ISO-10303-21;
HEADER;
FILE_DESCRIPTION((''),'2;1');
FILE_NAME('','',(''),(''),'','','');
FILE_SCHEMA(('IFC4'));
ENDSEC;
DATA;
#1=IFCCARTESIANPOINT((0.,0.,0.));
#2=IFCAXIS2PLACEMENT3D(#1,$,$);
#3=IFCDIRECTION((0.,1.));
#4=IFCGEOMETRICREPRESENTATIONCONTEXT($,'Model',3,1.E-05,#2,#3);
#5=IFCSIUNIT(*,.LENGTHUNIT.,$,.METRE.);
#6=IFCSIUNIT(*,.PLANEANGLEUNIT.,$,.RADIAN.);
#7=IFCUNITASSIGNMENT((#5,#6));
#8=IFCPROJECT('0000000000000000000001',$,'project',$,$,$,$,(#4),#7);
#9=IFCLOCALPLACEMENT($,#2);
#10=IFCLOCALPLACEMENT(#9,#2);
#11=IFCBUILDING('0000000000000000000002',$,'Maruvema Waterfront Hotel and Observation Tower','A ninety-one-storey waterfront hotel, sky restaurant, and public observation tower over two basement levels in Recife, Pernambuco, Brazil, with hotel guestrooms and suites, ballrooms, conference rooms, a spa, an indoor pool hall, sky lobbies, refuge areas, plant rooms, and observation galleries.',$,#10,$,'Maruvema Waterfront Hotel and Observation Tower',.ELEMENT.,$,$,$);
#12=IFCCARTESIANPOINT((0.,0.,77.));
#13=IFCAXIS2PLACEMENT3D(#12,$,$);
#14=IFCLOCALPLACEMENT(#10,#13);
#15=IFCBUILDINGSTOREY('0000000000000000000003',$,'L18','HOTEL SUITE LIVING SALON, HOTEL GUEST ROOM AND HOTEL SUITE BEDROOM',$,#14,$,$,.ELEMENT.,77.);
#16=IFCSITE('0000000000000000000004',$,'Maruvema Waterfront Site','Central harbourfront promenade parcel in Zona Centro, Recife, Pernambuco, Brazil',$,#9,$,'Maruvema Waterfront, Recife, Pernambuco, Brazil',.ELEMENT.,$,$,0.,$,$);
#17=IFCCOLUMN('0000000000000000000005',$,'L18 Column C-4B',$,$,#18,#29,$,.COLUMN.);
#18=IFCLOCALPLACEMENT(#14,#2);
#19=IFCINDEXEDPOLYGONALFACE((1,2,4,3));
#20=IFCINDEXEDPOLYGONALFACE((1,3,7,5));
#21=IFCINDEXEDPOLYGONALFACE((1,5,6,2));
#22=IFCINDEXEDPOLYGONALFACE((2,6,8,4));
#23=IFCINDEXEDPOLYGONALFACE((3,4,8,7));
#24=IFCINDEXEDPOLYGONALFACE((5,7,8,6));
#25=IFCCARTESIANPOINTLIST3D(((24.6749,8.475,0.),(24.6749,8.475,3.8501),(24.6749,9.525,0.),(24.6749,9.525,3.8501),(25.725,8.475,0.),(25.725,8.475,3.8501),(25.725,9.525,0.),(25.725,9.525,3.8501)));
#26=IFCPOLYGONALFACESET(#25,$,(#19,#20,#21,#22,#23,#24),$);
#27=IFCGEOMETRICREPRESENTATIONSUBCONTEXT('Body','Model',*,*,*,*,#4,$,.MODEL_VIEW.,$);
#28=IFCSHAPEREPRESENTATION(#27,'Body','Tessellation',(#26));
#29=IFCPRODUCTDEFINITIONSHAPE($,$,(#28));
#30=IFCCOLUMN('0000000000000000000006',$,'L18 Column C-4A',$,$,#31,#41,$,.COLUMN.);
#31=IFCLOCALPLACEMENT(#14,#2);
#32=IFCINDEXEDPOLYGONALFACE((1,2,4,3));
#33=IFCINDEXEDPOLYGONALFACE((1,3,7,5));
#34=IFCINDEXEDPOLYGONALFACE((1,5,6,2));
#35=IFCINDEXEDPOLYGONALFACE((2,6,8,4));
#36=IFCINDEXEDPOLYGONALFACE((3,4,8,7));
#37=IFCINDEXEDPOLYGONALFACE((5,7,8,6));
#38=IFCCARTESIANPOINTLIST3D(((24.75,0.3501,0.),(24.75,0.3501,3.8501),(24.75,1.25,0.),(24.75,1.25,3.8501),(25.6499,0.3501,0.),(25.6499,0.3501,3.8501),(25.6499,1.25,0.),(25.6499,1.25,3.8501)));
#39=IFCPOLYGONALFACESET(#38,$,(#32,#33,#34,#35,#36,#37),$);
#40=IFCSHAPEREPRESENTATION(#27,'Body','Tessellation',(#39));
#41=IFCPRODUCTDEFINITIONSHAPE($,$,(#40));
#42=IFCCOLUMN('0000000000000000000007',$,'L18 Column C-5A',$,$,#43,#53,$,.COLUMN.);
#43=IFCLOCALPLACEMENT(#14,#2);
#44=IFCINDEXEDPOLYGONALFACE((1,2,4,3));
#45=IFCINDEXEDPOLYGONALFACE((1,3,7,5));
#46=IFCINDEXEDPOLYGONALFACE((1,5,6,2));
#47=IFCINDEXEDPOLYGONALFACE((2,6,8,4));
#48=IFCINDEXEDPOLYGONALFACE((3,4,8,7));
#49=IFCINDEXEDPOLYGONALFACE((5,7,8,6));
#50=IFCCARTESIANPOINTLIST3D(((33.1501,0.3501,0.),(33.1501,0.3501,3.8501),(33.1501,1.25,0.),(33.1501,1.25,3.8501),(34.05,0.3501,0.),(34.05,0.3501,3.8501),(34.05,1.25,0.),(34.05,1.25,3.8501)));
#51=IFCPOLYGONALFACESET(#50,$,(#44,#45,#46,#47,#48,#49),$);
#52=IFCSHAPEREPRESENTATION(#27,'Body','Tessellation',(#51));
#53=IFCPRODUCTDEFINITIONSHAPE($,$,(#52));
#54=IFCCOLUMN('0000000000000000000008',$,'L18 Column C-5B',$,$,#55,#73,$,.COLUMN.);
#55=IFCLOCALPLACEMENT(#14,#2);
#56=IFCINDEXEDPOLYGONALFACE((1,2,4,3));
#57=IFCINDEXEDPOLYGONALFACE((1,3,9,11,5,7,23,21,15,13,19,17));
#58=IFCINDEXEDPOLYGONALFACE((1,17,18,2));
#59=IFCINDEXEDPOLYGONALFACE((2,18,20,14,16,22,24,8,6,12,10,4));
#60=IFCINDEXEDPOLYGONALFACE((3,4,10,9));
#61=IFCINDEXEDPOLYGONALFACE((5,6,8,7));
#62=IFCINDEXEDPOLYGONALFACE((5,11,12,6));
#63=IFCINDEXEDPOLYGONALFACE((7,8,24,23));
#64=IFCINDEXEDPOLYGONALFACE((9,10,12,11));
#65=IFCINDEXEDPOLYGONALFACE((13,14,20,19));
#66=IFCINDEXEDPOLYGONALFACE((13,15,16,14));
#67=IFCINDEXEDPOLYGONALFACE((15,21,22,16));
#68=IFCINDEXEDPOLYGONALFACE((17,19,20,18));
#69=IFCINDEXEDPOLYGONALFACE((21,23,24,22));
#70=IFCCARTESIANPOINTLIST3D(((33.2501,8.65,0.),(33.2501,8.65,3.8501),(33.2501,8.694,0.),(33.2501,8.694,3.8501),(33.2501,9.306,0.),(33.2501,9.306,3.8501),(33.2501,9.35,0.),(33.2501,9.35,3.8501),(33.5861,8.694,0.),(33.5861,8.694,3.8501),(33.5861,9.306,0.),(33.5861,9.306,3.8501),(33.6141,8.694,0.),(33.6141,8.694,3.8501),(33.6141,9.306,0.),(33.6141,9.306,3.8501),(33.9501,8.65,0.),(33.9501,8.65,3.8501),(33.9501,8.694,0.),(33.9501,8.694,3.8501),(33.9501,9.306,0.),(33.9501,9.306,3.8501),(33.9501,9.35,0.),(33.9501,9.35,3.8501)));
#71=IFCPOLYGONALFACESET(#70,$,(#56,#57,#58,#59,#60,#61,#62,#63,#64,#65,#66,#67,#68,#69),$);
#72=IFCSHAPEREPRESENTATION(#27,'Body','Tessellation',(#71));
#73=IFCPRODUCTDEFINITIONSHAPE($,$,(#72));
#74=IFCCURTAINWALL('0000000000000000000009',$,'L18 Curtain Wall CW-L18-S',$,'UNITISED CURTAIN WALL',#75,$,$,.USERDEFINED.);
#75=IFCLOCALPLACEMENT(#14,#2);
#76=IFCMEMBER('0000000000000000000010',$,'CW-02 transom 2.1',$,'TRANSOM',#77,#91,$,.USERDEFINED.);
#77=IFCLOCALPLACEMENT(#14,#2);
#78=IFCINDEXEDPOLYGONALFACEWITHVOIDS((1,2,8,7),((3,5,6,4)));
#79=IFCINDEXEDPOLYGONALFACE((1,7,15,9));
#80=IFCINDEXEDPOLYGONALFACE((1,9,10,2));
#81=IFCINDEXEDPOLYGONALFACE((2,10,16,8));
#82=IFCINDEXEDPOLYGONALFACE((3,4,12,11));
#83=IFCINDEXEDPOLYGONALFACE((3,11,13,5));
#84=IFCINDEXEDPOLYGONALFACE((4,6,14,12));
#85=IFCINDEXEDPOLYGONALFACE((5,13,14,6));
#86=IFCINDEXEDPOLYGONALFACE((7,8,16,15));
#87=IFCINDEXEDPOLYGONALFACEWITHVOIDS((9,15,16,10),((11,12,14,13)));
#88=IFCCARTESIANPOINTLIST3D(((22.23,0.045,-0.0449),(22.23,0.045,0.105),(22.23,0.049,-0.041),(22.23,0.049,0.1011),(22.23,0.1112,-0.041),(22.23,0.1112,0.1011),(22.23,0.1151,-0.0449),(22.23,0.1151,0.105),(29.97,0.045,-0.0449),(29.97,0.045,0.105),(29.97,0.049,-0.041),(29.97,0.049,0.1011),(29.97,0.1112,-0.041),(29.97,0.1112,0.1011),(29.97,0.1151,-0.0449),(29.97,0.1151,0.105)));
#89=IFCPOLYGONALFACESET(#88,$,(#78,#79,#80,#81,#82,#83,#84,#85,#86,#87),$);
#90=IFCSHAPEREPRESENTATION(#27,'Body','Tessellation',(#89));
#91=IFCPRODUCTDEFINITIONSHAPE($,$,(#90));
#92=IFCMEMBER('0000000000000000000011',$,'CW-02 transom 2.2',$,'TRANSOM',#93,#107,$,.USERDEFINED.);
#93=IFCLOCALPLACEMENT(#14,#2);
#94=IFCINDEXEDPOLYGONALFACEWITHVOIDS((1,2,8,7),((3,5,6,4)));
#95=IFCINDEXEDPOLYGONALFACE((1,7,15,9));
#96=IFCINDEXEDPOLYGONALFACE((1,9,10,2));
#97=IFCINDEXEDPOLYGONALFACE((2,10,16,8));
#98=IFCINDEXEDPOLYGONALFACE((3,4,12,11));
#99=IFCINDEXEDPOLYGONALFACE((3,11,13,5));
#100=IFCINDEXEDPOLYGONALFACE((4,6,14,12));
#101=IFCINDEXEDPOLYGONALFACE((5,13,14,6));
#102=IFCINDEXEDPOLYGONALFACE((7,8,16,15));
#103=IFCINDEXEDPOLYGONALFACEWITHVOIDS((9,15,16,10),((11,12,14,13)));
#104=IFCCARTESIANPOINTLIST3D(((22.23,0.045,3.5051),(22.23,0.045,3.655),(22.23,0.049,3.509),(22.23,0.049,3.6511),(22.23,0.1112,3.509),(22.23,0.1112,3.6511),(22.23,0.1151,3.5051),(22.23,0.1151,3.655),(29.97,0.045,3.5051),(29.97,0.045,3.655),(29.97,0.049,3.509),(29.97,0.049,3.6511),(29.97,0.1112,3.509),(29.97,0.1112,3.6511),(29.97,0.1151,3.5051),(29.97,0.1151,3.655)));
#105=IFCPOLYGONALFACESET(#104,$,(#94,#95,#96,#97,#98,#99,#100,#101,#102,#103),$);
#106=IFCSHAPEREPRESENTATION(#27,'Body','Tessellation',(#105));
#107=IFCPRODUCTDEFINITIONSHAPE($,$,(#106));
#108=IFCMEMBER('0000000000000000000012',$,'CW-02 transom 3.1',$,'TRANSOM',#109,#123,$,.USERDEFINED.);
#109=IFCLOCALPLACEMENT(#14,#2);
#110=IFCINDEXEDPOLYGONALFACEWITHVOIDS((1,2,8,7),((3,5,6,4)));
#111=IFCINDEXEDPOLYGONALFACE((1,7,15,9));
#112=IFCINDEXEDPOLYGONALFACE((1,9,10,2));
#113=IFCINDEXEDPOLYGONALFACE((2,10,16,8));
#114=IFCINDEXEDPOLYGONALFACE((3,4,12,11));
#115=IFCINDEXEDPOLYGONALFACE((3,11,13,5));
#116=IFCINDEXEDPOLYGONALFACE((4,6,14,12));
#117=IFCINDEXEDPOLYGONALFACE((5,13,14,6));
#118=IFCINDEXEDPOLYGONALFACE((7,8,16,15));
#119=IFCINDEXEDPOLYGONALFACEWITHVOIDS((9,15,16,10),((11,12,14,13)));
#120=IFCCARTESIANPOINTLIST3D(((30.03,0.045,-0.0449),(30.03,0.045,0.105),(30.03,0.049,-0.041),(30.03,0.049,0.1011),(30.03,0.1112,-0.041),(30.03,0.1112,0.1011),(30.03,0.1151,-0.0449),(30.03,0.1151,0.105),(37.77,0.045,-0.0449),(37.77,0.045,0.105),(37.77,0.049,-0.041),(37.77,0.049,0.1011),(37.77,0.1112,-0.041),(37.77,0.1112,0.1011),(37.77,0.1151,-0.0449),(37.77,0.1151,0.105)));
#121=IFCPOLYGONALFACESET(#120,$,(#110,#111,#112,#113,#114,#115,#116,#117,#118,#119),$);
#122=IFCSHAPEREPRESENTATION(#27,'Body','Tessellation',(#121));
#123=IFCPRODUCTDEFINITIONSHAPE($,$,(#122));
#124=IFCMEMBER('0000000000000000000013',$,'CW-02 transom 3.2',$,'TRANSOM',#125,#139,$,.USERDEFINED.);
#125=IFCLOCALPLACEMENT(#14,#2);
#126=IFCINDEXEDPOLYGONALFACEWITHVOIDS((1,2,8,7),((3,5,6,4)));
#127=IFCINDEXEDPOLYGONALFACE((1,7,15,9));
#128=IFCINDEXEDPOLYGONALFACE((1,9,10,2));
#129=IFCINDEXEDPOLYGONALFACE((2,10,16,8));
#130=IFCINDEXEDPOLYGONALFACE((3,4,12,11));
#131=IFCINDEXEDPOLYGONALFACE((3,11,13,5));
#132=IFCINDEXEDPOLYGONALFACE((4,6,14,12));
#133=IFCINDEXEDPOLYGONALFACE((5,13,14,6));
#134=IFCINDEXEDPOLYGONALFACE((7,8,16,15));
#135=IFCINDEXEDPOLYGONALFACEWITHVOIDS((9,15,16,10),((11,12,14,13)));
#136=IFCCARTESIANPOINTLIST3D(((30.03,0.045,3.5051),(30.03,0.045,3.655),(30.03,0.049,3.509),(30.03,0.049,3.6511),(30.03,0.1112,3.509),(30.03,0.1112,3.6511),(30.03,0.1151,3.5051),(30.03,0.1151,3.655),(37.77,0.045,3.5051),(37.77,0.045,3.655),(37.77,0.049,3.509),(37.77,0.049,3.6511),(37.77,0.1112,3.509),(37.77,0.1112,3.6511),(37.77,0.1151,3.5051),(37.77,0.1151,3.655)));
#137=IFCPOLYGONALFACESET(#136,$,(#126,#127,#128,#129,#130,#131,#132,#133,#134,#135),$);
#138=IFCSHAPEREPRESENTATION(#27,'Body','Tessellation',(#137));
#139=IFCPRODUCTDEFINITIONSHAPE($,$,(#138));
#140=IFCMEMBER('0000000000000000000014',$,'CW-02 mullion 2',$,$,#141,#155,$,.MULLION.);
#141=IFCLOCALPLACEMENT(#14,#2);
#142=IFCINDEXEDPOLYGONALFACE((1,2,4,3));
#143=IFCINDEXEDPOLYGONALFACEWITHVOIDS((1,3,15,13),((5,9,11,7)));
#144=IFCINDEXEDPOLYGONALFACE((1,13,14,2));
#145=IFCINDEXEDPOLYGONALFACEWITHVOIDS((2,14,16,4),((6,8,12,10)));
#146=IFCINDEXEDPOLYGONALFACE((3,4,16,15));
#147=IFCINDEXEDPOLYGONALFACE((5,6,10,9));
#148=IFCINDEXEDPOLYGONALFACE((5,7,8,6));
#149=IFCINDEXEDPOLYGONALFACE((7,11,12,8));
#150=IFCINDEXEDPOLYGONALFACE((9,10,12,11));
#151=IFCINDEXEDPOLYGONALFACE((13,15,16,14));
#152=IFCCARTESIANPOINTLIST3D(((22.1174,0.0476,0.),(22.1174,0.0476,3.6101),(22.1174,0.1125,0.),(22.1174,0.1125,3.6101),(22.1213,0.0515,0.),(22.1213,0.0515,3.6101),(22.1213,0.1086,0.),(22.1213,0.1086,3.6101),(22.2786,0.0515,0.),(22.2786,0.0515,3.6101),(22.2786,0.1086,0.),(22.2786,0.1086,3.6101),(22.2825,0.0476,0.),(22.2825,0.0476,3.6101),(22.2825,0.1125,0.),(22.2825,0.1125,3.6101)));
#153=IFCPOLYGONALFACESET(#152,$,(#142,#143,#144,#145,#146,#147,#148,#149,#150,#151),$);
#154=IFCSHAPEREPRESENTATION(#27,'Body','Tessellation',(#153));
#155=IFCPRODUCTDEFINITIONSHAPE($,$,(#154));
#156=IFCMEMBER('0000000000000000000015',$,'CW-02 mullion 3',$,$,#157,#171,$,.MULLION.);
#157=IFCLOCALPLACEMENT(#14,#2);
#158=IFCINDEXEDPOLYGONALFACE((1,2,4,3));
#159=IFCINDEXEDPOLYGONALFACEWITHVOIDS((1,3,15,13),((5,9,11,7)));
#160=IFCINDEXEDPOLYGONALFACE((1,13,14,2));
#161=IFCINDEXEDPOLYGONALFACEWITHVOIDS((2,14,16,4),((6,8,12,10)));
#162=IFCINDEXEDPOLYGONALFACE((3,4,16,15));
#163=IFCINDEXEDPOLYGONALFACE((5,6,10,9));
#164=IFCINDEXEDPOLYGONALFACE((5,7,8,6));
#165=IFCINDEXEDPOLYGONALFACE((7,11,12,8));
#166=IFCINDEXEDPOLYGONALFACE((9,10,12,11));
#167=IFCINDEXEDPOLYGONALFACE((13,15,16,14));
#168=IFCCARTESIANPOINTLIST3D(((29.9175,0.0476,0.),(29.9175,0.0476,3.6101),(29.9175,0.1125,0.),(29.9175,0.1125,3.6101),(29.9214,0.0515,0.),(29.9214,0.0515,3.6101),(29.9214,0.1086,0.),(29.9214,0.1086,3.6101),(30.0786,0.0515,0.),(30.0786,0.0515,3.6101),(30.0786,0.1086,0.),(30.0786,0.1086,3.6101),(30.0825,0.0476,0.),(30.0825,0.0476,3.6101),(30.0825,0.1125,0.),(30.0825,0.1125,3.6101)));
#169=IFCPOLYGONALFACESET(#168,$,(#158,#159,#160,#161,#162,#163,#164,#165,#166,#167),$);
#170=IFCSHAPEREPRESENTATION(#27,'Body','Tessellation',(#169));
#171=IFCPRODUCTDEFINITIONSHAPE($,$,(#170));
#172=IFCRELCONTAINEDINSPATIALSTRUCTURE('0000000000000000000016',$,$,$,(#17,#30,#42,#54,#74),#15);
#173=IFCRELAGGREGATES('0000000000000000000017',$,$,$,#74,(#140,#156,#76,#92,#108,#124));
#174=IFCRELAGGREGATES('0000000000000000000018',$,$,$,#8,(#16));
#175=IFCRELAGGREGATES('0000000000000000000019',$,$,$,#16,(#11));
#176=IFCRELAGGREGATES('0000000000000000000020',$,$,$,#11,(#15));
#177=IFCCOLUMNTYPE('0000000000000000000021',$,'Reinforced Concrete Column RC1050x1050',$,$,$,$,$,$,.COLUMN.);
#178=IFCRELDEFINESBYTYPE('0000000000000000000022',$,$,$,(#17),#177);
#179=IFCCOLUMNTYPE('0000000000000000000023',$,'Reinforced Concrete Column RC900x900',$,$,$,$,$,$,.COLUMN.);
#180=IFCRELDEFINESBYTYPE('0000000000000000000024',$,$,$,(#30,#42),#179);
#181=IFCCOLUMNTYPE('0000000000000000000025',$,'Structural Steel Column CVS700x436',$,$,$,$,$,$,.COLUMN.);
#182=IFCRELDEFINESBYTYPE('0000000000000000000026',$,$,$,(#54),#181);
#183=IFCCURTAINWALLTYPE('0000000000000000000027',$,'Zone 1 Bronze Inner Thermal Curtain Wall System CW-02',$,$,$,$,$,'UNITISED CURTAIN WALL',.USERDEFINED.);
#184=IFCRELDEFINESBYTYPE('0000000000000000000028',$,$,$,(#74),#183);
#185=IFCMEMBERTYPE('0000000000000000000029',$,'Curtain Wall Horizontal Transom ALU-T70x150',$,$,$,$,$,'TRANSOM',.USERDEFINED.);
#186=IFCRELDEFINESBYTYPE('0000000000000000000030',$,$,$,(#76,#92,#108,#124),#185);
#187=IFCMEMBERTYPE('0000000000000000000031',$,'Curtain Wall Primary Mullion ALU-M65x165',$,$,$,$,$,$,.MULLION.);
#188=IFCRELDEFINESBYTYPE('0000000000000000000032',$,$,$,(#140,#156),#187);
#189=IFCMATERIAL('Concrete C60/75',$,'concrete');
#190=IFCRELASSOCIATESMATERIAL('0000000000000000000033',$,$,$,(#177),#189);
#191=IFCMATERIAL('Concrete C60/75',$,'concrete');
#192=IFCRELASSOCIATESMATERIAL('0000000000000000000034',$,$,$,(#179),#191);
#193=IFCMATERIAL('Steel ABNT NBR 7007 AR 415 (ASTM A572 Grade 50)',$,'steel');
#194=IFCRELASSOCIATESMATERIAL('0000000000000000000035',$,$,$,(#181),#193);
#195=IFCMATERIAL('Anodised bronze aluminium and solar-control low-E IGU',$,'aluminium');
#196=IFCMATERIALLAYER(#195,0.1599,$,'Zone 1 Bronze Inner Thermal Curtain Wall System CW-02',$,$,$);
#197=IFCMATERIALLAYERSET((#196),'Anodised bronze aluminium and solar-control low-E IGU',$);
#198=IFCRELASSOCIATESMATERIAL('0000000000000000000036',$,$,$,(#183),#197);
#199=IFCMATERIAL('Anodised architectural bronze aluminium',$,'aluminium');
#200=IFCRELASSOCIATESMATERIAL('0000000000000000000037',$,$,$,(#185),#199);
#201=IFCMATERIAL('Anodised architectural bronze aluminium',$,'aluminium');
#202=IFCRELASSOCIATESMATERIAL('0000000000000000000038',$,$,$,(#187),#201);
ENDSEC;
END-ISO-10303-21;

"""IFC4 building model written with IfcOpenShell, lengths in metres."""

from ifc_helpers import new_model, si_unit, direction, frame, origin, origin_2d, place, context, subcontext, project, spatial, rectangle, hollow_rectangle, i_section, extrude, material, layer, layer_set, material_profile, profile_set, type_object, element, aggregate, save


model = new_model("IFC4")

# Units and contexts
model_context = context("Model", 3, precision=1e-05, world=origin(), true_north=direction((0.0, 1.0)))
body_context = subcontext(model_context, "Body", "Model", "MODEL_VIEW")
ifc_project = project(units=[si_unit("LENGTHUNIT", "METRE"), si_unit("PLANEANGLEUNIT", "RADIAN")], contexts=[model_context])

# Site, building, storey
site_placement = place(None, origin())
site = spatial("IfcSite", under=ifc_project, at=site_placement, Name="Maruvema Waterfront Site", Description="Central harbourfront promenade parcel in Zona Centro, Recife, Pernambuco, Brazil", LongName="Maruvema Waterfront, Recife, Pernambuco, Brazil", CompositionType="ELEMENT", RefElevation=0.0)
building_placement = place(site_placement, origin())
building = spatial("IfcBuilding", under=site, at=building_placement, Name="Maruvema Waterfront Hotel and Observation Tower", Description="A ninety-one-storey waterfront hotel, sky restaurant, and public observation tower over two basement levels in Recife, Pernambuco, Brazil, with hotel guestrooms and suites, ballrooms, conference rooms, a spa, an indoor pool hall, sky lobbies, refuge areas, plant rooms, and observation galleries.", LongName="Maruvema Waterfront Hotel and Observation Tower", CompositionType="ELEMENT")
storey_placement = place(building_placement, frame((0.0, 0.0, 77.0)))
storey = spatial("IfcBuildingStorey", under=building, at=storey_placement, Name="L18", Description="HOTEL SUITE LIVING SALON, HOTEL GUEST ROOM AND HOTEL SUITE BEDROOM", CompositionType="ELEMENT", Elevation=77.0)

# Columns
ifc_material_1 = material(Name="Concrete C60/75", Category="concrete")
ifc_material_profile_1 = material_profile(ifc_material_1, rectangle(XDim=1.05, YDim=1.05, at=origin_2d()), Name="RC1050x1050")
ifc_profile_set_1 = profile_set([ifc_material_profile_1], Name="Concrete C60/75")
column_type_1 = type_object("IfcColumnType", Name="Reinforced Concrete Column RC1050x1050", PredefinedType="COLUMN", material=ifc_profile_set_1)
column_1_placement = place(storey_placement, frame((25.2, 9.0, 0.0), z_axis=(0.0, 0.0, 1.0), x_axis=(1.0, 0.0, 0.0)))
element("IfcColumn", 1, at=column_1_placement, inside=storey, type_object=column_type_1, Name="L18 Column C-4B", PredefinedType="COLUMN", context=body_context, shape_type="SweptSolid", body=[
    extrude(rectangle(XDim=1.05, YDim=1.05, at=origin_2d()), origin(), (0.0, 0.0, 1.0), 3.8501),
])
ifc_material_2 = material(Name="Concrete C60/75", Category="concrete")
ifc_material_profile_2 = material_profile(ifc_material_2, rectangle(XDim=0.8999, YDim=0.8999, at=origin_2d()), Name="RC900x900")
ifc_profile_set_2 = profile_set([ifc_material_profile_2], Name="Concrete C60/75")
column_type_2 = type_object("IfcColumnType", Name="Reinforced Concrete Column RC900x900", PredefinedType="COLUMN", material=ifc_profile_set_2)
for number, where, z_axis, x_axis, name in (
    (2, (25.2, 0.8, 0.0), (0.0, 0.0, 1.0), (1.0, 0.0, 0.0), "L18 Column C-4A"),
    (3, (33.6001, 0.8, 0.0), (0.0, 0.0, 1.0), (1.0, 0.0, 0.0), "L18 Column C-5A"),
):
    element("IfcColumn", number, at=place(storey_placement, frame(where, z_axis=z_axis, x_axis=x_axis)), inside=storey, type_object=column_type_2, Name=name, PredefinedType="COLUMN", context=body_context, shape_type="SweptSolid", body=[
        extrude(rectangle(XDim=0.8999, YDim=0.8999, at=origin_2d()), origin(), (0.0, 0.0, 1.0), 3.8501),
    ])
ifc_material_3 = material(Name="Steel ABNT NBR 7007 AR 415 (ASTM A572 Grade 50)", Category="steel")
ifc_material_profile_3 = material_profile(ifc_material_3, i_section(OverallWidth=0.7, OverallDepth=0.7, WebThickness=0.0281, FlangeThickness=0.0439, at=origin_2d()), Name="CVS700x436")
ifc_profile_set_3 = profile_set([ifc_material_profile_3], Name="Steel ABNT NBR 7007 AR 415 (ASTM A572 Grade 50)")
column_type_3 = type_object("IfcColumnType", Name="Structural Steel Column CVS700x436", PredefinedType="COLUMN", material=ifc_profile_set_3)
column_2_placement = place(storey_placement, frame((33.6001, 9.0, 0.0), z_axis=(0.0, 0.0, 1.0), x_axis=(1.0, 0.0, 0.0)))
element("IfcColumn", 4, at=column_2_placement, inside=storey, type_object=column_type_3, Name="L18 Column C-5B", PredefinedType="COLUMN", context=body_context, shape_type="SweptSolid", body=[
    extrude(i_section(OverallWidth=0.7, OverallDepth=0.7, WebThickness=0.0281, FlangeThickness=0.0439, at=origin_2d()), origin(), (0.0, 0.0, 1.0), 3.8501),
])

# Curtain wall, members
ifc_material_4 = material(Name="Anodised bronze aluminium and solar-control low-E IGU", Category="aluminium")
ifc_layer_1 = layer(ifc_material_4, 0.1599, Name="Zone 1 Bronze Inner Thermal Curtain Wall System CW-02")
ifc_layer_set_1 = layer_set([ifc_layer_1], Name="Anodised bronze aluminium and solar-control low-E IGU")
curtain_wall_type = type_object("IfcCurtainWallType", Name="Zone 1 Bronze Inner Thermal Curtain Wall System CW-02", ElementType="UNITISED CURTAIN WALL", PredefinedType="USERDEFINED", material=ifc_layer_set_1)
curtain_wall_placement = place(storey_placement, origin())
curtain_wall = element("IfcCurtainWall", 5, at=curtain_wall_placement, inside=storey, type_object=curtain_wall_type, Name="L18 Curtain Wall CW-L18-S", ObjectType="UNITISED CURTAIN WALL", PredefinedType="USERDEFINED")
ifc_material_5 = material(Name="Anodised architectural bronze aluminium", Category="aluminium")
ifc_material_profile_4 = material_profile(ifc_material_5, hollow_rectangle(XDim=0.0701, YDim=0.1499, WallThickness=0.0039, at=origin_2d()), Name="ALU-T70x150")
ifc_profile_set_4 = profile_set([ifc_material_profile_4], Name="Anodised architectural bronze aluminium")
member_type_1 = type_object("IfcMemberType", Name="Curtain Wall Horizontal Transom ALU-T70x150", ElementType="TRANSOM", PredefinedType="USERDEFINED", material=ifc_profile_set_4)
member_1_placement = place(storey_placement, frame((22.23, 0.0801, 0.03), z_axis=(1.0, 0.0, 0.0), x_axis=(0.0, 1.0, 0.0)))
member_1 = element("IfcMember", 6, at=member_1_placement, type_object=member_type_1, Name="CW-02 transom 2.1", ObjectType="TRANSOM", PredefinedType="USERDEFINED", context=body_context, shape_type="SweptSolid", body=[
    extrude(hollow_rectangle(XDim=0.0701, YDim=0.1499, WallThickness=0.0039, at=origin_2d()), origin(), (0.0, 0.0, 1.0), 7.74),
])
member_2_placement = place(storey_placement, frame((22.23, 0.0801, 3.5801), z_axis=(1.0, 0.0, 0.0), x_axis=(0.0, 1.0, 0.0)))
member_2 = element("IfcMember", 7, at=member_2_placement, type_object=member_type_1, Name="CW-02 transom 2.2", ObjectType="TRANSOM", PredefinedType="USERDEFINED", context=body_context, shape_type="SweptSolid", body=[
    extrude(hollow_rectangle(XDim=0.0701, YDim=0.1499, WallThickness=0.0039, at=origin_2d()), origin(), (0.0, 0.0, 1.0), 7.74),
])
member_3_placement = place(storey_placement, frame((30.03, 0.0801, 0.03), z_axis=(1.0, 0.0, 0.0), x_axis=(0.0, 1.0, 0.0)))
member_3 = element("IfcMember", 8, at=member_3_placement, type_object=member_type_1, Name="CW-02 transom 3.1", ObjectType="TRANSOM", PredefinedType="USERDEFINED", context=body_context, shape_type="SweptSolid", body=[
    extrude(hollow_rectangle(XDim=0.0701, YDim=0.1499, WallThickness=0.0039, at=origin_2d()), origin(), (0.0, 0.0, 1.0), 7.74),
])
member_4_placement = place(storey_placement, frame((30.03, 0.0801, 3.5801), z_axis=(1.0, 0.0, 0.0), x_axis=(0.0, 1.0, 0.0)))
member_4 = element("IfcMember", 9, at=member_4_placement, type_object=member_type_1, Name="CW-02 transom 3.2", ObjectType="TRANSOM", PredefinedType="USERDEFINED", context=body_context, shape_type="SweptSolid", body=[
    extrude(hollow_rectangle(XDim=0.0701, YDim=0.1499, WallThickness=0.0039, at=origin_2d()), origin(), (0.0, 0.0, 1.0), 7.74),
])
ifc_material_6 = material(Name="Anodised architectural bronze aluminium", Category="aluminium")
ifc_material_profile_5 = material_profile(ifc_material_6, hollow_rectangle(XDim=0.0649, YDim=0.165, WallThickness=0.0039, at=origin_2d()), Name="ALU-M65x165")
ifc_profile_set_5 = profile_set([ifc_material_profile_5], Name="Anodised architectural bronze aluminium")
member_type_2 = type_object("IfcMemberType", Name="Curtain Wall Primary Mullion ALU-M65x165", PredefinedType="MULLION", material=ifc_profile_set_5)
member_5_placement = place(storey_placement, frame((22.2, 0.0801, 0.0), z_axis=(0.0, 0.0, 1.0), x_axis=(0.0, 1.0, 0.0)))
member_5 = element("IfcMember", 10, at=member_5_placement, type_object=member_type_2, Name="CW-02 mullion 2", PredefinedType="MULLION", context=body_context, shape_type="SweptSolid", body=[
    extrude(hollow_rectangle(XDim=0.0649, YDim=0.165, WallThickness=0.0039, at=origin_2d()), origin(), (0.0, 0.0, 1.0), 3.6101),
])
member_6_placement = place(storey_placement, frame((30.0, 0.0801, 0.0), z_axis=(0.0, 0.0, 1.0), x_axis=(0.0, 1.0, 0.0)))
member_6 = element("IfcMember", 11, at=member_6_placement, type_object=member_type_2, Name="CW-02 mullion 3", PredefinedType="MULLION", context=body_context, shape_type="SweptSolid", body=[
    extrude(hollow_rectangle(XDim=0.0649, YDim=0.165, WallThickness=0.0039, at=origin_2d()), origin(), (0.0, 0.0, 1.0), 3.6101),
])

aggregate(curtain_wall, [member_5, member_6, member_1, member_2, member_3, member_4])

save(model, "model.ifc")
